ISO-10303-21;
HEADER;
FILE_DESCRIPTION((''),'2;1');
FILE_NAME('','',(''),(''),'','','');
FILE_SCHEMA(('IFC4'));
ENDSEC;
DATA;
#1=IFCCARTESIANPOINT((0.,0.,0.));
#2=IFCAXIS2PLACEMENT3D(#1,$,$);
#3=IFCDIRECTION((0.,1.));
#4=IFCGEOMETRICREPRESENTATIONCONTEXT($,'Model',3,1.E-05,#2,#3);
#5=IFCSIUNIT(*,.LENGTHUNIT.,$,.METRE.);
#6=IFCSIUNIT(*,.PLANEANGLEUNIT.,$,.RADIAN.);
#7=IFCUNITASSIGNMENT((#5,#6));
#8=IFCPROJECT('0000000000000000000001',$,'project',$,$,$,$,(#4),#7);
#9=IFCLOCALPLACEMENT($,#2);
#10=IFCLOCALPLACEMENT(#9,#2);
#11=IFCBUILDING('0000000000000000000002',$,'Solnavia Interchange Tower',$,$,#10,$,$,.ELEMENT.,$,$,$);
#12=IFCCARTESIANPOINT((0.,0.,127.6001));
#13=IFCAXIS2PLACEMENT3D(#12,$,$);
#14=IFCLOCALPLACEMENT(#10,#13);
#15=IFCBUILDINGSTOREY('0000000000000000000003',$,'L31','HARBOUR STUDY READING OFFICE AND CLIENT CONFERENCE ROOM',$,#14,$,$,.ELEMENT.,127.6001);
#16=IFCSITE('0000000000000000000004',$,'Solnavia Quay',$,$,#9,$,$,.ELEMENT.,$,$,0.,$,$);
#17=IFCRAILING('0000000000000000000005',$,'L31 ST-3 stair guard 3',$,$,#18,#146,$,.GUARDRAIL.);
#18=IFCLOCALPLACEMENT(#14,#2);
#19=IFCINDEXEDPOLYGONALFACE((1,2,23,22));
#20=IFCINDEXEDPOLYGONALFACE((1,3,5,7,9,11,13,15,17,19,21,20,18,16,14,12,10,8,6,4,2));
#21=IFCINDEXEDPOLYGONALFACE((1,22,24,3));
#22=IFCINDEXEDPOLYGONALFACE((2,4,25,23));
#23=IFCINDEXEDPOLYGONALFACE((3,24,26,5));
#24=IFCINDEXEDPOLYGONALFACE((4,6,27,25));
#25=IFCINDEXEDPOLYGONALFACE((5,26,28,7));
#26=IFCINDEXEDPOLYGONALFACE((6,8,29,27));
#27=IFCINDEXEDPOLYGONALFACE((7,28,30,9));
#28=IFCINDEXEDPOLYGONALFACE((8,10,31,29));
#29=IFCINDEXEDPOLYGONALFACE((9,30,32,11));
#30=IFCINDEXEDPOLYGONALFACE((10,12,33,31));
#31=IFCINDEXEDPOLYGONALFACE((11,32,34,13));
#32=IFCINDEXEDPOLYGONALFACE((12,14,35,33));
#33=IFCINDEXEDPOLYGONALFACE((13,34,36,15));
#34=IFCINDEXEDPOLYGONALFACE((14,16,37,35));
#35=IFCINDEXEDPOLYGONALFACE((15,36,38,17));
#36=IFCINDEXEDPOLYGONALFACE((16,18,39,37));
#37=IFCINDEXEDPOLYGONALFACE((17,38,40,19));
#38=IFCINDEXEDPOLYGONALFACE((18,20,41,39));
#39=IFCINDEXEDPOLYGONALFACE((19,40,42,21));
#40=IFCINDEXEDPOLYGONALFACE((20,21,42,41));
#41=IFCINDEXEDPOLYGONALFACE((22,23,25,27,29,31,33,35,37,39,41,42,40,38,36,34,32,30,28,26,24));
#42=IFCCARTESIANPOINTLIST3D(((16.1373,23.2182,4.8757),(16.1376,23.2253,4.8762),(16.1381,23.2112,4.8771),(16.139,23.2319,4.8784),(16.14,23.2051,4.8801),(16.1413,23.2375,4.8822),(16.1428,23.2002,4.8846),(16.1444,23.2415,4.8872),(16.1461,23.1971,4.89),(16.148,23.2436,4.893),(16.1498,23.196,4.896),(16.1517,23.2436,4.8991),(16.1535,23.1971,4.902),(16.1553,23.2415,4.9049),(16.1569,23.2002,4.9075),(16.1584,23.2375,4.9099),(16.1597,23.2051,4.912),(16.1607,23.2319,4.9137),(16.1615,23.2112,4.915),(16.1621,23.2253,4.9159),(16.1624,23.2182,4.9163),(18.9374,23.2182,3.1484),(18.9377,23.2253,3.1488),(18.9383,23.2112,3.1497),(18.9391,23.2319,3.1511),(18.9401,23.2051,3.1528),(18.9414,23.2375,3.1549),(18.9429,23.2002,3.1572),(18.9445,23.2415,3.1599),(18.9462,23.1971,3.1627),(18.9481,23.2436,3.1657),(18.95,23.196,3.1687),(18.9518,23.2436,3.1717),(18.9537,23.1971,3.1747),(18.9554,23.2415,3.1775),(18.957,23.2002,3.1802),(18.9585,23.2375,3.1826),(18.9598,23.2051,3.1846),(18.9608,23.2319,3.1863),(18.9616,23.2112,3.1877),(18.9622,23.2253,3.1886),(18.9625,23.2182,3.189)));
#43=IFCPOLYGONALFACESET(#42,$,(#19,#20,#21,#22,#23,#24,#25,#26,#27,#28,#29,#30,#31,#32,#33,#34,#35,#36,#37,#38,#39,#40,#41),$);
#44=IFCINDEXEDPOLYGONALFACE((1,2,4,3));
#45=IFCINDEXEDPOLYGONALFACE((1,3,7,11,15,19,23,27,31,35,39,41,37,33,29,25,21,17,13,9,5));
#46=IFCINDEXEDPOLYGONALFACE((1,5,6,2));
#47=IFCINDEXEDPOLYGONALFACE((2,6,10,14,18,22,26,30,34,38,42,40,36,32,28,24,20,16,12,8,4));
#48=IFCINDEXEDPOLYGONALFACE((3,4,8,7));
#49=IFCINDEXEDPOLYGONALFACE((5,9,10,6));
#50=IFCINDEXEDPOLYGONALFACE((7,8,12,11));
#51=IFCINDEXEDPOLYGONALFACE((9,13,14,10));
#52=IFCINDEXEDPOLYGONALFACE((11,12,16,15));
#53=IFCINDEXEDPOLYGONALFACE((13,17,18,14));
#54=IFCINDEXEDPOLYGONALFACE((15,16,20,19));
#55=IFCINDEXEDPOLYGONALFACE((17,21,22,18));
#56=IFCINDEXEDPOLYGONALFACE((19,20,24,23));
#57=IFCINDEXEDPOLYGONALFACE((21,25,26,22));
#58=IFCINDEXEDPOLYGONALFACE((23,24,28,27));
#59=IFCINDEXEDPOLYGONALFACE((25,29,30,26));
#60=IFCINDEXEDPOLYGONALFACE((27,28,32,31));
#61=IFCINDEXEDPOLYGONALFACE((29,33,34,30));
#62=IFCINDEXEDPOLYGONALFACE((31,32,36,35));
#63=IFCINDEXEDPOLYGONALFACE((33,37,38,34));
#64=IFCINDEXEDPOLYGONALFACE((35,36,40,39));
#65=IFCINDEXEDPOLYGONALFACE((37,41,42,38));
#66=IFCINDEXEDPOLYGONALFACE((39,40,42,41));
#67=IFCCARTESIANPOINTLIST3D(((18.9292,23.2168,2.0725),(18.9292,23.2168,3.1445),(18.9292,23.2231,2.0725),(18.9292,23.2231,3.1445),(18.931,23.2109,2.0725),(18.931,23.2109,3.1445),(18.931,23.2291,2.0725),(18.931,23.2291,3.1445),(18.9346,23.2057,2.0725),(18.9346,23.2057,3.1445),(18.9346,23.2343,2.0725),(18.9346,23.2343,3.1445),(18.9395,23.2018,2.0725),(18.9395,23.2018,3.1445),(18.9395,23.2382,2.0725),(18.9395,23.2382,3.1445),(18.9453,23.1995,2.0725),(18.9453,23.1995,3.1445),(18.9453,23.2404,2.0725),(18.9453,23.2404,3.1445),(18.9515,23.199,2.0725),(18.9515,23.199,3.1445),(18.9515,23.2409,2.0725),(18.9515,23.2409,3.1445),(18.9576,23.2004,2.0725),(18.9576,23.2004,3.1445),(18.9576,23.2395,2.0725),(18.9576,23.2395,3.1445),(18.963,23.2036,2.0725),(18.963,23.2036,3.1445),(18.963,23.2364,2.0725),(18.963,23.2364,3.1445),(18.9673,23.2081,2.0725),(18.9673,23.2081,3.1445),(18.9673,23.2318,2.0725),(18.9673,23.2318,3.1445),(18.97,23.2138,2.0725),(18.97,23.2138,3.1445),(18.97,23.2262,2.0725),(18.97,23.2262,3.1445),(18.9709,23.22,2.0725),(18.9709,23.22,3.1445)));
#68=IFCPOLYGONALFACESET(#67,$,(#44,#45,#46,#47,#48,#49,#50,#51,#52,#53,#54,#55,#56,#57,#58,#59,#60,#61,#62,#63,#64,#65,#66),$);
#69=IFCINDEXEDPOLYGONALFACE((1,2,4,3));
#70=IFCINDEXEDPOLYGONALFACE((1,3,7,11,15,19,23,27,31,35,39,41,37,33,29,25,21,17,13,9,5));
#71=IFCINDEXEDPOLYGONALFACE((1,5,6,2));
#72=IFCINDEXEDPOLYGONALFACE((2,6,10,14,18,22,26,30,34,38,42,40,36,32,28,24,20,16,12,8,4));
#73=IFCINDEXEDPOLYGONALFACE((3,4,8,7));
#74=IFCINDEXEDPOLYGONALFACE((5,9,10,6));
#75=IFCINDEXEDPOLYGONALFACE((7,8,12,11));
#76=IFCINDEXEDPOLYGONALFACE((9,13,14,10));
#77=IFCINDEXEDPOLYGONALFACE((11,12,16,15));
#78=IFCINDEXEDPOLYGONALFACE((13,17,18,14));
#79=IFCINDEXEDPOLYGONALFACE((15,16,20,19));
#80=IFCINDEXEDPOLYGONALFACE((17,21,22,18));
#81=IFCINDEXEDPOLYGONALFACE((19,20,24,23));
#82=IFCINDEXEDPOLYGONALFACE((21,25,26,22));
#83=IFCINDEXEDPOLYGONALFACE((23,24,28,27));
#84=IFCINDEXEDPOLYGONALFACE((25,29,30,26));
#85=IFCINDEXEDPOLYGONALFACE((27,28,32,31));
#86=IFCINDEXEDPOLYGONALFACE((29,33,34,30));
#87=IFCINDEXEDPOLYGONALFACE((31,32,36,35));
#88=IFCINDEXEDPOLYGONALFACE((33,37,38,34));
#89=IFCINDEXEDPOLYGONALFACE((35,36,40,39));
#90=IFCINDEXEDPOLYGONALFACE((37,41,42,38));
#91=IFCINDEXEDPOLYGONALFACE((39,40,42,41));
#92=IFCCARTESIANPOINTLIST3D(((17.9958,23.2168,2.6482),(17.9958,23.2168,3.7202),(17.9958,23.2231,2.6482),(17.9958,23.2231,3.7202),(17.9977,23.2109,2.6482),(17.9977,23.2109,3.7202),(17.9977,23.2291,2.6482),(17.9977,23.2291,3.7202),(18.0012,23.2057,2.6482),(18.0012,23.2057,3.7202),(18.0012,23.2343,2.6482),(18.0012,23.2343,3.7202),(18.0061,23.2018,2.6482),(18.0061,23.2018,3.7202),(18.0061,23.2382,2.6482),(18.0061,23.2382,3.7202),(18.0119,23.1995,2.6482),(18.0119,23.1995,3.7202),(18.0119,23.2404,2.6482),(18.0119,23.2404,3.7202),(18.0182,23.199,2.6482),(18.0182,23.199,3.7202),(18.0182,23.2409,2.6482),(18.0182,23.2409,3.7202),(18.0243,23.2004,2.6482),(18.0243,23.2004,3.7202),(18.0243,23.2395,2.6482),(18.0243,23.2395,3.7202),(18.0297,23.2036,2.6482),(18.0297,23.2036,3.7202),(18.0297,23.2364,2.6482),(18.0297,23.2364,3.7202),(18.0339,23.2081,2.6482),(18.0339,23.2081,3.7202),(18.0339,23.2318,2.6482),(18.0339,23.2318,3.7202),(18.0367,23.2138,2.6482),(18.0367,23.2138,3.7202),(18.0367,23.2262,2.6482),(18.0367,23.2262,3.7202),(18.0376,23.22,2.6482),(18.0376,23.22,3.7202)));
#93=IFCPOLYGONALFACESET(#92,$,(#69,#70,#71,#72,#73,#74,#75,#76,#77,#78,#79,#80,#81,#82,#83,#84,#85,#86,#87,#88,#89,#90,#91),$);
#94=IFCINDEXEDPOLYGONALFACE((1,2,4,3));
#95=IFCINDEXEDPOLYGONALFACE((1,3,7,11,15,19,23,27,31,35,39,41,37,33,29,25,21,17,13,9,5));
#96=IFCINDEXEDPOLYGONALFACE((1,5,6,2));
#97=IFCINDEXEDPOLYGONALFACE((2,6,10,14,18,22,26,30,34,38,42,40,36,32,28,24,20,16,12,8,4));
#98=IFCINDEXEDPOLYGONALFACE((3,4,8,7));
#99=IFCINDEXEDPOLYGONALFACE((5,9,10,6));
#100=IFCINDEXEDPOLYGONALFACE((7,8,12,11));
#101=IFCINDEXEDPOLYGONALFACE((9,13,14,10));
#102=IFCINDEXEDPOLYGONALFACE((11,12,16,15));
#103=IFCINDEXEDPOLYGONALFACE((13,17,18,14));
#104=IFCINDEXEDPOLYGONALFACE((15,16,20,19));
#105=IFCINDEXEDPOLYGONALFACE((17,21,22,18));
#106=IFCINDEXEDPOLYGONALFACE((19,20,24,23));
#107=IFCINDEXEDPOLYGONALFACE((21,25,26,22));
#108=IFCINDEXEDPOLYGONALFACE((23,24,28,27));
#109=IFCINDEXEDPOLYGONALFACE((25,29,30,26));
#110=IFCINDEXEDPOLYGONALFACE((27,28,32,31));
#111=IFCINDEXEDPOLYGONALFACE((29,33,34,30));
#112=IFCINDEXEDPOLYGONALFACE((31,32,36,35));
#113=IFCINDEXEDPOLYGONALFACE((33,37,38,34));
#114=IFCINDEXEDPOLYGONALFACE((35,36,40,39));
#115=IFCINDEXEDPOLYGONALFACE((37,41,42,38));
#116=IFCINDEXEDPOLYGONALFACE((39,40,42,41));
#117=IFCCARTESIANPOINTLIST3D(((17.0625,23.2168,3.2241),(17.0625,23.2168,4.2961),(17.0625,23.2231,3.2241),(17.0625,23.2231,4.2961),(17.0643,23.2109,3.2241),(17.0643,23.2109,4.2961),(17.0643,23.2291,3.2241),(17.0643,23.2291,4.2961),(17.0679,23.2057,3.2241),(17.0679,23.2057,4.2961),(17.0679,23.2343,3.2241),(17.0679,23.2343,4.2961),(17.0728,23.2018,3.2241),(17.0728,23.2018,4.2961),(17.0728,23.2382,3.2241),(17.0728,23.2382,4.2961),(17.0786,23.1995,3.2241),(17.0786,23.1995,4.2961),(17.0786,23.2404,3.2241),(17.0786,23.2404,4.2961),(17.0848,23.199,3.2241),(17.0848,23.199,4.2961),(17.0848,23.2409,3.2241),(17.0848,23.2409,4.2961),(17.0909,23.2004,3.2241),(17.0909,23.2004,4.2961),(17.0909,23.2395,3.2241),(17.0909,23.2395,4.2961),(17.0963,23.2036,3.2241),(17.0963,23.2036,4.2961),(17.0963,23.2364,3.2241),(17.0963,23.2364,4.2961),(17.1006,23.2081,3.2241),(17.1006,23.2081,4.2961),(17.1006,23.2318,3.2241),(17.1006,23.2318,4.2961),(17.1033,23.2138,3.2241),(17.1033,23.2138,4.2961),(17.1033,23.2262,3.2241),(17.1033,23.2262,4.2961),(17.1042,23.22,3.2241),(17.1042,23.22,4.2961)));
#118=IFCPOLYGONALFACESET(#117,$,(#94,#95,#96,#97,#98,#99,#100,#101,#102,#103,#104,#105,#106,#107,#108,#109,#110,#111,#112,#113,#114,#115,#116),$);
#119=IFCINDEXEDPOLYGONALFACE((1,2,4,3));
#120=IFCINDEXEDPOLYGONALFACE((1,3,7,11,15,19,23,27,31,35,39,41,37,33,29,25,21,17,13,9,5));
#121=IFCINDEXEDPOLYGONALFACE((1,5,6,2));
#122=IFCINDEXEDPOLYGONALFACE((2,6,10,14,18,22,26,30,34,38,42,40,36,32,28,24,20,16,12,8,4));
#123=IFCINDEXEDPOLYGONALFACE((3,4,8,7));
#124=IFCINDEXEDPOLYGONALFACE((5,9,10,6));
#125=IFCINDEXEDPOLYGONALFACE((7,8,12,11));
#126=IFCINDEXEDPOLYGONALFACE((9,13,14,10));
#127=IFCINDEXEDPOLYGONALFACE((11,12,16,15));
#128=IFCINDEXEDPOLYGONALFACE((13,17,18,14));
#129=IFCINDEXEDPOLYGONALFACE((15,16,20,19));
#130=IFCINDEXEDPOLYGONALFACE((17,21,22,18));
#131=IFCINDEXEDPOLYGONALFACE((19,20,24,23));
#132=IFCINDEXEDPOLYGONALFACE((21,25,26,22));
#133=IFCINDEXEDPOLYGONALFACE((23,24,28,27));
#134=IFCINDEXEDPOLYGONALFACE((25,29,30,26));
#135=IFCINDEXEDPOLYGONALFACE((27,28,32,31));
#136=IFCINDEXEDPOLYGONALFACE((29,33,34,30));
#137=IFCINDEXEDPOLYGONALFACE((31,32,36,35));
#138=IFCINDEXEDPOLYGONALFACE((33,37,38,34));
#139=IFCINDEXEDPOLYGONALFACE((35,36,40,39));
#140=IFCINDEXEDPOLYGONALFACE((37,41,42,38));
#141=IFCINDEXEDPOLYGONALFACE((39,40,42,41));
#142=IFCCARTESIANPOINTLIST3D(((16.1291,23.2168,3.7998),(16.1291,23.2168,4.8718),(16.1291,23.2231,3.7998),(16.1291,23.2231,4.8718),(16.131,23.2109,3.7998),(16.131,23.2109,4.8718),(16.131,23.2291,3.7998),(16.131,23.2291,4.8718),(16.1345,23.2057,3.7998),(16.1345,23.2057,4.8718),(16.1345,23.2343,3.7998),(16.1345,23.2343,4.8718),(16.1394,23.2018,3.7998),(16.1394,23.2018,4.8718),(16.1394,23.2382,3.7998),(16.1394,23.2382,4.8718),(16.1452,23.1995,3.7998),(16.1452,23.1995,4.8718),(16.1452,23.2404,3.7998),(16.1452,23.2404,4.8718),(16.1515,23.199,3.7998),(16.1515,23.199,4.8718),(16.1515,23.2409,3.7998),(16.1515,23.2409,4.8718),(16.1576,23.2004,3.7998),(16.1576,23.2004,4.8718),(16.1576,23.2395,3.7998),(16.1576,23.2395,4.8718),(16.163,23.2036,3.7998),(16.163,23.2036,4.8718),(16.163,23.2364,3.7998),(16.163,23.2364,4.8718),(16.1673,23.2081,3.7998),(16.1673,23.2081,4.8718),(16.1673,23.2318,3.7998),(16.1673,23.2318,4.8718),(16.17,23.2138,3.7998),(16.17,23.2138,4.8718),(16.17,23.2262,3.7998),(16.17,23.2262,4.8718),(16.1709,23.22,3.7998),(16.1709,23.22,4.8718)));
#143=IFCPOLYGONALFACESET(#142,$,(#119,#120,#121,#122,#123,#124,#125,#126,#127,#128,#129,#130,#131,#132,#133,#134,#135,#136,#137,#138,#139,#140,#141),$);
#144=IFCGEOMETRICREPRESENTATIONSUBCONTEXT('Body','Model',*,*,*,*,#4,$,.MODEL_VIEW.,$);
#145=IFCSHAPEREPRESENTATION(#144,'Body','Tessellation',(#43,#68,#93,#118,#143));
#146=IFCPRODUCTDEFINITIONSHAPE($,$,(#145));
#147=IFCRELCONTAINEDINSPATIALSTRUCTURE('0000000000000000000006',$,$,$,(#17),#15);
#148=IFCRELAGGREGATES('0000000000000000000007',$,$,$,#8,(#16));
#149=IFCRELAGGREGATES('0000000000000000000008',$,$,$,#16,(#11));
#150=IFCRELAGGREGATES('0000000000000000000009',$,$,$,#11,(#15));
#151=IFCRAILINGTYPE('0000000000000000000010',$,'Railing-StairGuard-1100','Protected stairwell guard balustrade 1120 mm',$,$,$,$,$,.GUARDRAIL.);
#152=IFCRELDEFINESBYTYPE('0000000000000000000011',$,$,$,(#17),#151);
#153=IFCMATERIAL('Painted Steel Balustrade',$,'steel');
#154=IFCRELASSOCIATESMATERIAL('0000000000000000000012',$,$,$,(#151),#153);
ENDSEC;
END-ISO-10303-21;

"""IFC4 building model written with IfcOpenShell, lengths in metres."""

from ifc_helpers import new_model, si_unit, direction, frame, origin, origin_2d, place, context, subcontext, project, spatial, circle, extrude, material, type_object, element, save


model = new_model("IFC4")

# Units and contexts
model_context = context("Model", 3, precision=1e-05, world=origin(), true_north=direction((0.0, 1.0)))
body_context = subcontext(model_context, "Body", "Model", "MODEL_VIEW")
ifc_project = project(units=[si_unit("LENGTHUNIT", "METRE"), si_unit("PLANEANGLEUNIT", "RADIAN")], contexts=[model_context])

# Site, building, storey
site_placement = place(None, origin())
site = spatial("IfcSite", under=ifc_project, at=site_placement, Name="Solnavia Quay", CompositionType="ELEMENT", RefElevation=0.0)
building_placement = place(site_placement, origin())
building = spatial("IfcBuilding", under=site, at=building_placement, Name="Solnavia Interchange Tower", CompositionType="ELEMENT")
storey_placement = place(building_placement, frame((0.0, 0.0, 127.6001)))
storey = spatial("IfcBuildingStorey", under=building, at=storey_placement, Name="L31", Description="HARBOUR STUDY READING OFFICE AND CLIENT CONFERENCE ROOM", CompositionType="ELEMENT", Elevation=127.6001)

# Railing
ifc_material_1 = material(Name="Painted Steel Balustrade", Category="steel")
railing_type_1 = type_object("IfcRailingType", Name="Railing-StairGuard-1100", Description="Protected stairwell guard balustrade 1120 mm", PredefinedType="GUARDRAIL", material=ifc_material_1)
railing_1_placement = place(storey_placement, frame((18.95, 23.22, 2.0725)))
element("IfcRailing", 1, at=railing_1_placement, inside=storey, type_object=railing_type_1, Name="L31 ST-3 stair guard 3", PredefinedType="GUARDRAIL", context=body_context, shape_type="SweptSolid", body=[
    extrude(circle(Radius=0.0239, at=origin_2d()), frame((0.0, 0.0, 1.0962), z_axis=(-0.85109, 0.0, 0.52502), x_axis=(0.0, -1.0, 0.0)), (0.0, 0.0, 1.0), 3.29),
    extrude(circle(Radius=0.021, at=origin_2d()), origin(), (0.0, 0.0, 1.0), 1.072),
    extrude(circle(Radius=0.021, at=origin_2d()), frame((-0.9333, 0.0, 0.5757)), (0.0, 0.0, 1.0), 1.072),
    extrude(circle(Radius=0.021, at=origin_2d()), frame((-1.8667, 0.0, 1.1516)), (0.0, 0.0, 1.0), 1.072),
    extrude(circle(Radius=0.021, at=origin_2d()), frame((-2.8, 0.0, 1.7273)), (0.0, 0.0, 1.0), 1.072),
])

save(model, "model.ifc")
